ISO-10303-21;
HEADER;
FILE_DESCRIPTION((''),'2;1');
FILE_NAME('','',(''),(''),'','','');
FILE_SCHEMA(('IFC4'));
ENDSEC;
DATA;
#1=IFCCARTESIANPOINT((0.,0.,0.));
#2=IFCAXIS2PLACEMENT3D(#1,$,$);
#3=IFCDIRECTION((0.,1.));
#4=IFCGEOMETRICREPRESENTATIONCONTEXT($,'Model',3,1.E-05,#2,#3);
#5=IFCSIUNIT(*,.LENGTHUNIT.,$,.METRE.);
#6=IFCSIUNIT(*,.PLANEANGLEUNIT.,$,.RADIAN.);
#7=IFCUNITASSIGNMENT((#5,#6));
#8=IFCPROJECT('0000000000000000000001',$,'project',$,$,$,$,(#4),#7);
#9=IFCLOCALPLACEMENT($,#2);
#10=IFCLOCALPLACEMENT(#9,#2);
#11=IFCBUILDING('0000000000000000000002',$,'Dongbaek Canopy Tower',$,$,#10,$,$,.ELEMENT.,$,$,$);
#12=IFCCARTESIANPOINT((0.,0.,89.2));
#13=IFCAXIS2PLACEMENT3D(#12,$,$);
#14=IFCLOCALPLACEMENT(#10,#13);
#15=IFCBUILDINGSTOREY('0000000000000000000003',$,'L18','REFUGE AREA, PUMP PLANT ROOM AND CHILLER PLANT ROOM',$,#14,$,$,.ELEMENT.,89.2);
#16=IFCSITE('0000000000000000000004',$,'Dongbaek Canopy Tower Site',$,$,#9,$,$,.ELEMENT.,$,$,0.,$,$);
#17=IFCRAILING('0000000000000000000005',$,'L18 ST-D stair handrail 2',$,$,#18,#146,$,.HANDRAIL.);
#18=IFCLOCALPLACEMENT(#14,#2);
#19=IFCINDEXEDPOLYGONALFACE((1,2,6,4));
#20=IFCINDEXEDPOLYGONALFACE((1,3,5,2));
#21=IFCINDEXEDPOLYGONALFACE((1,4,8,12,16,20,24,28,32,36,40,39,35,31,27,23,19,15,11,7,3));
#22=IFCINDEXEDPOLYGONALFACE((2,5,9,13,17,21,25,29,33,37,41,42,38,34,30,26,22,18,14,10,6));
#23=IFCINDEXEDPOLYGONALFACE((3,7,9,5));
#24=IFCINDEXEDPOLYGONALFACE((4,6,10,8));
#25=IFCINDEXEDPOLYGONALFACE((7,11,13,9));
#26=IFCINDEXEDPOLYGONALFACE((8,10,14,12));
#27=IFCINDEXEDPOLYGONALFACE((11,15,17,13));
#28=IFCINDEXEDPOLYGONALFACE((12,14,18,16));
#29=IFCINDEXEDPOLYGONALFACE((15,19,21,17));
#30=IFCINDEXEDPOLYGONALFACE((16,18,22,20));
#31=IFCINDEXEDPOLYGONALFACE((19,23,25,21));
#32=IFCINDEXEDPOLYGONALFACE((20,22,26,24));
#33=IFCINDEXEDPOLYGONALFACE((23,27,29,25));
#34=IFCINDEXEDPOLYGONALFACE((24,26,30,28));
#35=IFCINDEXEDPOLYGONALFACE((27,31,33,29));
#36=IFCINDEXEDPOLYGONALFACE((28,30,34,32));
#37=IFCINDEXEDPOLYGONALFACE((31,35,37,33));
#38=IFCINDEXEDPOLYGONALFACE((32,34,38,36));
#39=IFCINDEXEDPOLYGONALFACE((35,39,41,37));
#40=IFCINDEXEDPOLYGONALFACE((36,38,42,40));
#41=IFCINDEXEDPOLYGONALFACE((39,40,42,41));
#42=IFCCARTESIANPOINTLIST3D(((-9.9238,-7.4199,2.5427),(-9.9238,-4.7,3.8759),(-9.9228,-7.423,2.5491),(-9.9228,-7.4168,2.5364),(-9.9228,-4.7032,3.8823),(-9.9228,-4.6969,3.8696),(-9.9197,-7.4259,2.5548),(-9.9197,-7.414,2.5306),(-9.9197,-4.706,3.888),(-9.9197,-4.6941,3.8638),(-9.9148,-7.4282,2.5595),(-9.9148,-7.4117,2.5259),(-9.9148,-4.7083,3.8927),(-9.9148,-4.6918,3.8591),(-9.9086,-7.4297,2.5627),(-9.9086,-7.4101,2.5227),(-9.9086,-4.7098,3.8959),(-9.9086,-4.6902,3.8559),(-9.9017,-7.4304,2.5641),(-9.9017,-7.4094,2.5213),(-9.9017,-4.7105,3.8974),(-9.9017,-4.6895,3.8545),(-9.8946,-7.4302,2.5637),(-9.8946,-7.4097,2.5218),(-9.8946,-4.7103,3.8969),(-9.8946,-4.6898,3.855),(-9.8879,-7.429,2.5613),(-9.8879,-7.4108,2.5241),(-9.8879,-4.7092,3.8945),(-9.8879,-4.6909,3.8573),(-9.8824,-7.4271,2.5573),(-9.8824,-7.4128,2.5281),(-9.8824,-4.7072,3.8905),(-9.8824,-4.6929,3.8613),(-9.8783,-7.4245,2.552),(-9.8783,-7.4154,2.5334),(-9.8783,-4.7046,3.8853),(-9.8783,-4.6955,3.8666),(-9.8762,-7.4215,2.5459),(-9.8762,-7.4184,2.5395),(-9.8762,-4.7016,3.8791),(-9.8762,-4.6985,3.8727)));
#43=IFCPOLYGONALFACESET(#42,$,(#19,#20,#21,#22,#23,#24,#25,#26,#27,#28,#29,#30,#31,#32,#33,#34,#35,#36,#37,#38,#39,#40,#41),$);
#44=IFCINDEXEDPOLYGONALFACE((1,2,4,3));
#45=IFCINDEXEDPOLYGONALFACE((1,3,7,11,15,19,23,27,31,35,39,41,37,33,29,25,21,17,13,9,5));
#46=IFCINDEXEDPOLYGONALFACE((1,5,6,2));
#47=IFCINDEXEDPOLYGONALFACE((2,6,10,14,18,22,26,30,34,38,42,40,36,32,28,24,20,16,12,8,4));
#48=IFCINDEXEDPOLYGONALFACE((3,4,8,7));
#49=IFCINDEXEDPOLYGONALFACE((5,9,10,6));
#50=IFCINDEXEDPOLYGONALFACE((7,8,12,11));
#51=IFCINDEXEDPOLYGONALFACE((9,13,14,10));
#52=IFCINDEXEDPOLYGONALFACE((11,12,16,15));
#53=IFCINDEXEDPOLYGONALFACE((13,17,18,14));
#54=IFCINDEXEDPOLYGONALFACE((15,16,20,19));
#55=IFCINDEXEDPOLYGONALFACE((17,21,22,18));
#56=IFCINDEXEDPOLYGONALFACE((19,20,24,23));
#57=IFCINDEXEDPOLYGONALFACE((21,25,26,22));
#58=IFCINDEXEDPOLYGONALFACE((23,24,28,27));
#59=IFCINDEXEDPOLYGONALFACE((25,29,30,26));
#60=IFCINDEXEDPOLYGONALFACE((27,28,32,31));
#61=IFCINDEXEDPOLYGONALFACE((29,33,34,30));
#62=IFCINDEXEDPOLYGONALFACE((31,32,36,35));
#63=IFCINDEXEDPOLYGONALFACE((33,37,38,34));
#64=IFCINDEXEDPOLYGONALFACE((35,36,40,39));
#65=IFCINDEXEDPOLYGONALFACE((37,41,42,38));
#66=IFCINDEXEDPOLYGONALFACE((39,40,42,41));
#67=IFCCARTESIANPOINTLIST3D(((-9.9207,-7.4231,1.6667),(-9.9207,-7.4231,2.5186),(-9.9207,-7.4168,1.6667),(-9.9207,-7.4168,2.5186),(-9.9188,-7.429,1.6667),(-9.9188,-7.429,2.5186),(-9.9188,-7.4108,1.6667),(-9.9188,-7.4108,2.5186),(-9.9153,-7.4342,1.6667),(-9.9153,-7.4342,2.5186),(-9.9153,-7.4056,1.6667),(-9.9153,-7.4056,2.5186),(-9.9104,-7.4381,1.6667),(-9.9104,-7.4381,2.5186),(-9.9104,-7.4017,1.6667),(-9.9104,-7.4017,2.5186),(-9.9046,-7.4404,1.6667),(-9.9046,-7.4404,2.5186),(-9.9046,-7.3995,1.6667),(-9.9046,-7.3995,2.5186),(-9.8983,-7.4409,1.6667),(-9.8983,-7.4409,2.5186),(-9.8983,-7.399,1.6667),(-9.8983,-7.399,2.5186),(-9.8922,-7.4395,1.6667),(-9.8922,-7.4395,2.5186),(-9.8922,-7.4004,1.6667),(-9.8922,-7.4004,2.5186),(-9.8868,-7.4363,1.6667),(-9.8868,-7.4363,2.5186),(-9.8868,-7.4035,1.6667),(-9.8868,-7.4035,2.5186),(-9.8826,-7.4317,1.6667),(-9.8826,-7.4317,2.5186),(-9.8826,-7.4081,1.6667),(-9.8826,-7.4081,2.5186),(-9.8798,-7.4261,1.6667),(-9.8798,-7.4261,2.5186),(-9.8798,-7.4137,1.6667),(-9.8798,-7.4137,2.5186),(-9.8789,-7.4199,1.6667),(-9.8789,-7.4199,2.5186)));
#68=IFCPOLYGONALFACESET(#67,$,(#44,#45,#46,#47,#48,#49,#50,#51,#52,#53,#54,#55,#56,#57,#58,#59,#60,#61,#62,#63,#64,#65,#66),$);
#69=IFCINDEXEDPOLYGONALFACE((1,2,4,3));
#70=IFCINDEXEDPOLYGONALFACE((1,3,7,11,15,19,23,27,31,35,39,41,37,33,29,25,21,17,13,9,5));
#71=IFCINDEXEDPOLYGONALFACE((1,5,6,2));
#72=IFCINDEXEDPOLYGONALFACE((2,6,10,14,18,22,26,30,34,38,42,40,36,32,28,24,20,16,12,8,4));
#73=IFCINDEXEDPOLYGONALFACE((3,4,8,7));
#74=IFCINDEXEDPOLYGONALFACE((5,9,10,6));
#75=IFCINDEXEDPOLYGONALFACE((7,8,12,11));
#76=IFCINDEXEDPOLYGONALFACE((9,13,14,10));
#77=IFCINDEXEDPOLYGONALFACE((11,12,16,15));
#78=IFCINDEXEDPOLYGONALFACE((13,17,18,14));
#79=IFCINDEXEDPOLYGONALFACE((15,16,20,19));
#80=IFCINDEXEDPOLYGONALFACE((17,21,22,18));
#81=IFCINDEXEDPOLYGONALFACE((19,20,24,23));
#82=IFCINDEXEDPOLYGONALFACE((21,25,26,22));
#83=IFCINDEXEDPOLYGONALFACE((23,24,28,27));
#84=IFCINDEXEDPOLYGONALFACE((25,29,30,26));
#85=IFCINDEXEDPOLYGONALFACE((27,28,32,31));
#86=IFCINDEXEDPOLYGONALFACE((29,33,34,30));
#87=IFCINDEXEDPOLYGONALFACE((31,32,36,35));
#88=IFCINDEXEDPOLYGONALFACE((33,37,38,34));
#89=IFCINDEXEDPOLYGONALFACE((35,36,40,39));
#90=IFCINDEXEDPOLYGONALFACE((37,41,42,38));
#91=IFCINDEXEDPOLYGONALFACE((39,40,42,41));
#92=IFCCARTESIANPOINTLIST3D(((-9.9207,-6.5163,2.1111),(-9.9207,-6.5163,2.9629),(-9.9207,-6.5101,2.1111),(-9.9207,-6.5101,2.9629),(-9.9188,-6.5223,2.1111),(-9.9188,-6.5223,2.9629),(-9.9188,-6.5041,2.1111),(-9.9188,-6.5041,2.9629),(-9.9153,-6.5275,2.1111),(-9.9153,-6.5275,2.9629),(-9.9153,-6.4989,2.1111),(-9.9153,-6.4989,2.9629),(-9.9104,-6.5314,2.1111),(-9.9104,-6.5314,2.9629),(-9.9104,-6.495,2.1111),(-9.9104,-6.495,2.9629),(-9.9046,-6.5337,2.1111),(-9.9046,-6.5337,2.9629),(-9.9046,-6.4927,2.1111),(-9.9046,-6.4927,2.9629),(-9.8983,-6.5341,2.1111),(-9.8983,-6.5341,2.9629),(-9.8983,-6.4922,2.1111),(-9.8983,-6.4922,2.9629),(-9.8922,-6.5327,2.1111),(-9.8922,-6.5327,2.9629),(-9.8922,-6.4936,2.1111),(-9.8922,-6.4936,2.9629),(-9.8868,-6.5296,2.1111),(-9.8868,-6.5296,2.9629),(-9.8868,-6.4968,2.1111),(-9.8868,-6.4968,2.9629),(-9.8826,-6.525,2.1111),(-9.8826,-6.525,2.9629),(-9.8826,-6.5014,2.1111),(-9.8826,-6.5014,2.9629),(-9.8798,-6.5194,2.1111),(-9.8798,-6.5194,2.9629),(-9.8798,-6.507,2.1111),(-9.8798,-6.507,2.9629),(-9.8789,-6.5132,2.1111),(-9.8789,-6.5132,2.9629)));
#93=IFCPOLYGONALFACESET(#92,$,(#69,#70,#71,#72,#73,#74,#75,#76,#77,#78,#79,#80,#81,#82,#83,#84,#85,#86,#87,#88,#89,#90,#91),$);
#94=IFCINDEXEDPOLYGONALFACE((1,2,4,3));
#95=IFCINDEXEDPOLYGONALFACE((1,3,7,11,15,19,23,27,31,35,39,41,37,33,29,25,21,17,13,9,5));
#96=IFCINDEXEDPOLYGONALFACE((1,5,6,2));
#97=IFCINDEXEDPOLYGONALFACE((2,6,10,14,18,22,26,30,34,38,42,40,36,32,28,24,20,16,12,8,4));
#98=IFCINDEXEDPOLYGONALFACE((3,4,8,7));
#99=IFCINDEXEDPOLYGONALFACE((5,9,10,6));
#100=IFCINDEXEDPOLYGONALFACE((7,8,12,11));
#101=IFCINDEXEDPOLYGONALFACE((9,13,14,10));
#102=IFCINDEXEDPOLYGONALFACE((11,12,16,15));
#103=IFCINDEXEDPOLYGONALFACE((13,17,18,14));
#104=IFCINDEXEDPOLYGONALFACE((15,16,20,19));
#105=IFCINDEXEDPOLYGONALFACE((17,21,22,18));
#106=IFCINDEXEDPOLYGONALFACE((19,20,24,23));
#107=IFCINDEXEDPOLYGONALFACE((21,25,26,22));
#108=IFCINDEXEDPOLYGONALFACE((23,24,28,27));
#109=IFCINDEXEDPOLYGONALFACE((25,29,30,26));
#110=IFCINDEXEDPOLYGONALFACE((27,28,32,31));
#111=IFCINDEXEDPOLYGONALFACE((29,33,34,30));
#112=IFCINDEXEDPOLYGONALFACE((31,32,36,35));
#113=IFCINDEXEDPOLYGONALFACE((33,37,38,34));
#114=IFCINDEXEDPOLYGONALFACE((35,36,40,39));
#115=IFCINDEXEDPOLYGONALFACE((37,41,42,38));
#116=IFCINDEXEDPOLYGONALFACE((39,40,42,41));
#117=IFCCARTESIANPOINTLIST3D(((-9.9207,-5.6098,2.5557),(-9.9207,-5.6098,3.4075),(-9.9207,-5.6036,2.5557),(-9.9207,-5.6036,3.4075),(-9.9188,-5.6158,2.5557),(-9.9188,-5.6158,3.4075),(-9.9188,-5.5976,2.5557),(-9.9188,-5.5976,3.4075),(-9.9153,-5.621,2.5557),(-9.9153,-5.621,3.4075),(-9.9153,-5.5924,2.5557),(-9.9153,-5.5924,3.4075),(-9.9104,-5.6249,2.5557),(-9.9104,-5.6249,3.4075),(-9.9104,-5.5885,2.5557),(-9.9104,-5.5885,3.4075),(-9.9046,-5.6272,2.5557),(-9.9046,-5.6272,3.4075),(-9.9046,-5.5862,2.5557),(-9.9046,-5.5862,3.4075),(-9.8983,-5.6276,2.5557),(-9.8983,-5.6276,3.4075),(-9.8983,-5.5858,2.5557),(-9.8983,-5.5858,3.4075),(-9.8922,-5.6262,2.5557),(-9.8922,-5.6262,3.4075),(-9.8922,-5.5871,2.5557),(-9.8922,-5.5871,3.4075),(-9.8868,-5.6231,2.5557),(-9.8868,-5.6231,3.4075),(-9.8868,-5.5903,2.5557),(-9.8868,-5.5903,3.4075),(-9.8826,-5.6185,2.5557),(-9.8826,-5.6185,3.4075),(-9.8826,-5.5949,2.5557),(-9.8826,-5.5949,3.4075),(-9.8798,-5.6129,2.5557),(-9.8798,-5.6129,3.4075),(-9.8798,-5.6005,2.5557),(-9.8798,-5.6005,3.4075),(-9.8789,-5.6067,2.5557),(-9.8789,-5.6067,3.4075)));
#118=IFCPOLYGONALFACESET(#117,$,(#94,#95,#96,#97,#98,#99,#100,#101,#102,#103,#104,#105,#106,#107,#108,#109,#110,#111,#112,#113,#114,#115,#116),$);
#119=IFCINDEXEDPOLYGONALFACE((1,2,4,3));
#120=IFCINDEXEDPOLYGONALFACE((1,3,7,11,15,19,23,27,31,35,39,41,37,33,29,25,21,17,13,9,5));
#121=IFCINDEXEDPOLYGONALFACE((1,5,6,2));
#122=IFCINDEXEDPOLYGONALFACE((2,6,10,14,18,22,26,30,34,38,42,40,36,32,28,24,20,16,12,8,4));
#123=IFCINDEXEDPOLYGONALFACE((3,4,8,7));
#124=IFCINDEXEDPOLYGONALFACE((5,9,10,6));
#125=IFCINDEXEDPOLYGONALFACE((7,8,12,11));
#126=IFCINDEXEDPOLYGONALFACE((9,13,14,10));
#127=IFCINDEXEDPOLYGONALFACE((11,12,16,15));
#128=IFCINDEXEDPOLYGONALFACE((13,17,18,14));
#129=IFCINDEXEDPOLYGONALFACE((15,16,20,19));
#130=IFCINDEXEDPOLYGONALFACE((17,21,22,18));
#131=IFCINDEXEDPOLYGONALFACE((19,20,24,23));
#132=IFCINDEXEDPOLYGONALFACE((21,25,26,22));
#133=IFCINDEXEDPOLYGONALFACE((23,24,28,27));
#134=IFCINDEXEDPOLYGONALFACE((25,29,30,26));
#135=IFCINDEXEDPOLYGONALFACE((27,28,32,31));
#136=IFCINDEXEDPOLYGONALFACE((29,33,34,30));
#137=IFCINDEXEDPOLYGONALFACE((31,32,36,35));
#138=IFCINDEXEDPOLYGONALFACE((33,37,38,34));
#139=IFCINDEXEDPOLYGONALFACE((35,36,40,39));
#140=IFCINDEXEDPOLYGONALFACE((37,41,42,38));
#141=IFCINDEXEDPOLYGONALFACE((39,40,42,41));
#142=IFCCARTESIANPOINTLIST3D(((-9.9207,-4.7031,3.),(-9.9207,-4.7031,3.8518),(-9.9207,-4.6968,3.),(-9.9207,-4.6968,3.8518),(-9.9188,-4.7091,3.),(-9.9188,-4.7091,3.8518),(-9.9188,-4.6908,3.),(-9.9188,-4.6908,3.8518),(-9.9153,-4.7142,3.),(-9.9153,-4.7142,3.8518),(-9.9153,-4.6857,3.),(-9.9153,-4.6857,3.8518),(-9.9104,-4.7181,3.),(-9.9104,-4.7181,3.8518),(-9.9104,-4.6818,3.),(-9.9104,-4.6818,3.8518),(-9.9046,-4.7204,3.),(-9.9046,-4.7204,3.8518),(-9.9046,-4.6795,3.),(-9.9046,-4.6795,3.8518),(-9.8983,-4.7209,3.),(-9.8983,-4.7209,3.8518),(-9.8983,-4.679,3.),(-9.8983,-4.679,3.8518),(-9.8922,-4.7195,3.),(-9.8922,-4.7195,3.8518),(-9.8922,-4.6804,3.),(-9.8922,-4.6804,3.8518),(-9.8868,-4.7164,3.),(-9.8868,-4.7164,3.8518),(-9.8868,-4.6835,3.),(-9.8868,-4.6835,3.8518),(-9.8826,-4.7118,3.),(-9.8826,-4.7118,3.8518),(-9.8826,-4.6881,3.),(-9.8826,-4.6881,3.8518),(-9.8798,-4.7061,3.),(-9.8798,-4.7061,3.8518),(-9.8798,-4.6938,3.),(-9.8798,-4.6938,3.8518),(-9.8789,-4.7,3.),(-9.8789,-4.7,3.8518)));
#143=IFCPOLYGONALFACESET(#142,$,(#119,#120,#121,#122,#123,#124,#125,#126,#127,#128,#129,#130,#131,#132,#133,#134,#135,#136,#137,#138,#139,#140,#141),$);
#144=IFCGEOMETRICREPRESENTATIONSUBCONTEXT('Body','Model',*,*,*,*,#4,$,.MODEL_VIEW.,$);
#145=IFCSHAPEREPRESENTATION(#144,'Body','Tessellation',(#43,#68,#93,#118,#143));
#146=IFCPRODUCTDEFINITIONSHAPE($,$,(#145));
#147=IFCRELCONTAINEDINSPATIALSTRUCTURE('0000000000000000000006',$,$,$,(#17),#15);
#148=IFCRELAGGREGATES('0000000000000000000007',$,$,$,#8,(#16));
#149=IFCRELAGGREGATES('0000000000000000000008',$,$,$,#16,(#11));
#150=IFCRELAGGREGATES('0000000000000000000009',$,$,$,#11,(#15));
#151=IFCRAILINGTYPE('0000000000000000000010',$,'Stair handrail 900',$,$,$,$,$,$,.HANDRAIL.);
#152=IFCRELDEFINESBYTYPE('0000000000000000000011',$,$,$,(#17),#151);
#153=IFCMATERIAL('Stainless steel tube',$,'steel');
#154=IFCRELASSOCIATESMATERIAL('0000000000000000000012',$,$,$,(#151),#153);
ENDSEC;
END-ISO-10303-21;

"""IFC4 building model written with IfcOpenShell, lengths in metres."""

from ifc_helpers import new_model, si_unit, direction, frame, origin, origin_2d, place, context, subcontext, project, spatial, circle, extrude, material, type_object, element, save


model = new_model("IFC4")

# Units and contexts
model_context = context("Model", 3, precision=1e-05, world=origin(), true_north=direction((0.0, 1.0)))
body_context = subcontext(model_context, "Body", "Model", "MODEL_VIEW")
ifc_project = project(units=[si_unit("LENGTHUNIT", "METRE"), si_unit("PLANEANGLEUNIT", "RADIAN")], contexts=[model_context])

# Site, building, storey
site_placement = place(None, origin())
site = spatial("IfcSite", under=ifc_project, at=site_placement, Name="Dongbaek Canopy Tower Site", CompositionType="ELEMENT", RefElevation=0.0)
building_placement = place(site_placement, origin())
building = spatial("IfcBuilding", under=site, at=building_placement, Name="Dongbaek Canopy Tower", CompositionType="ELEMENT")
storey_placement = place(building_placement, frame((0.0, 0.0, 89.2)))
storey = spatial("IfcBuildingStorey", under=building, at=storey_placement, Name="L18", Description="REFUGE AREA, PUMP PLANT ROOM AND CHILLER PLANT ROOM", CompositionType="ELEMENT", Elevation=89.2)

# Railing
ifc_material_1 = material(Name="Stainless steel tube", Category="steel")
railing_type_1 = type_object("IfcRailingType", Name="Stair handrail 900", PredefinedType="HANDRAIL", material=ifc_material_1)
for number, where, name in (
    (1, (-9.8999, -7.4199, 1.6667), "L18 ST-D stair handrail 2"),
):
    element("IfcRailing", number, at=place(storey_placement, frame(where)), inside=storey, type_object=railing_type_1, Name=name, PredefinedType="HANDRAIL", context=body_context, shape_type="SweptSolid", body=[
        extrude(circle(Radius=0.0239, at=origin_2d()), frame((0.0, 0.0, 0.876), z_axis=(0.0, 0.897929, 0.440139), x_axis=(-1.0, 0.0, 0.0)), (0.0, 0.0, 1.0), 3.0291),
        extrude(circle(Radius=0.021, at=origin_2d()), origin(), (0.0, 0.0, 1.0), 0.8518),
        extrude(circle(Radius=0.021, at=origin_2d()), frame((0.0, 0.9067, 0.4443)), (0.0, 0.0, 1.0), 0.8518),
        extrude(circle(Radius=0.021, at=origin_2d()), frame((0.0, 1.8132, 0.8889)), (0.0, 0.0, 1.0), 0.8518),
        extrude(circle(Radius=0.021, at=origin_2d()), frame((0.0, 2.72, 1.3333)), (0.0, 0.0, 1.0), 0.8518),
    ])

save(model, "model.ifc")
